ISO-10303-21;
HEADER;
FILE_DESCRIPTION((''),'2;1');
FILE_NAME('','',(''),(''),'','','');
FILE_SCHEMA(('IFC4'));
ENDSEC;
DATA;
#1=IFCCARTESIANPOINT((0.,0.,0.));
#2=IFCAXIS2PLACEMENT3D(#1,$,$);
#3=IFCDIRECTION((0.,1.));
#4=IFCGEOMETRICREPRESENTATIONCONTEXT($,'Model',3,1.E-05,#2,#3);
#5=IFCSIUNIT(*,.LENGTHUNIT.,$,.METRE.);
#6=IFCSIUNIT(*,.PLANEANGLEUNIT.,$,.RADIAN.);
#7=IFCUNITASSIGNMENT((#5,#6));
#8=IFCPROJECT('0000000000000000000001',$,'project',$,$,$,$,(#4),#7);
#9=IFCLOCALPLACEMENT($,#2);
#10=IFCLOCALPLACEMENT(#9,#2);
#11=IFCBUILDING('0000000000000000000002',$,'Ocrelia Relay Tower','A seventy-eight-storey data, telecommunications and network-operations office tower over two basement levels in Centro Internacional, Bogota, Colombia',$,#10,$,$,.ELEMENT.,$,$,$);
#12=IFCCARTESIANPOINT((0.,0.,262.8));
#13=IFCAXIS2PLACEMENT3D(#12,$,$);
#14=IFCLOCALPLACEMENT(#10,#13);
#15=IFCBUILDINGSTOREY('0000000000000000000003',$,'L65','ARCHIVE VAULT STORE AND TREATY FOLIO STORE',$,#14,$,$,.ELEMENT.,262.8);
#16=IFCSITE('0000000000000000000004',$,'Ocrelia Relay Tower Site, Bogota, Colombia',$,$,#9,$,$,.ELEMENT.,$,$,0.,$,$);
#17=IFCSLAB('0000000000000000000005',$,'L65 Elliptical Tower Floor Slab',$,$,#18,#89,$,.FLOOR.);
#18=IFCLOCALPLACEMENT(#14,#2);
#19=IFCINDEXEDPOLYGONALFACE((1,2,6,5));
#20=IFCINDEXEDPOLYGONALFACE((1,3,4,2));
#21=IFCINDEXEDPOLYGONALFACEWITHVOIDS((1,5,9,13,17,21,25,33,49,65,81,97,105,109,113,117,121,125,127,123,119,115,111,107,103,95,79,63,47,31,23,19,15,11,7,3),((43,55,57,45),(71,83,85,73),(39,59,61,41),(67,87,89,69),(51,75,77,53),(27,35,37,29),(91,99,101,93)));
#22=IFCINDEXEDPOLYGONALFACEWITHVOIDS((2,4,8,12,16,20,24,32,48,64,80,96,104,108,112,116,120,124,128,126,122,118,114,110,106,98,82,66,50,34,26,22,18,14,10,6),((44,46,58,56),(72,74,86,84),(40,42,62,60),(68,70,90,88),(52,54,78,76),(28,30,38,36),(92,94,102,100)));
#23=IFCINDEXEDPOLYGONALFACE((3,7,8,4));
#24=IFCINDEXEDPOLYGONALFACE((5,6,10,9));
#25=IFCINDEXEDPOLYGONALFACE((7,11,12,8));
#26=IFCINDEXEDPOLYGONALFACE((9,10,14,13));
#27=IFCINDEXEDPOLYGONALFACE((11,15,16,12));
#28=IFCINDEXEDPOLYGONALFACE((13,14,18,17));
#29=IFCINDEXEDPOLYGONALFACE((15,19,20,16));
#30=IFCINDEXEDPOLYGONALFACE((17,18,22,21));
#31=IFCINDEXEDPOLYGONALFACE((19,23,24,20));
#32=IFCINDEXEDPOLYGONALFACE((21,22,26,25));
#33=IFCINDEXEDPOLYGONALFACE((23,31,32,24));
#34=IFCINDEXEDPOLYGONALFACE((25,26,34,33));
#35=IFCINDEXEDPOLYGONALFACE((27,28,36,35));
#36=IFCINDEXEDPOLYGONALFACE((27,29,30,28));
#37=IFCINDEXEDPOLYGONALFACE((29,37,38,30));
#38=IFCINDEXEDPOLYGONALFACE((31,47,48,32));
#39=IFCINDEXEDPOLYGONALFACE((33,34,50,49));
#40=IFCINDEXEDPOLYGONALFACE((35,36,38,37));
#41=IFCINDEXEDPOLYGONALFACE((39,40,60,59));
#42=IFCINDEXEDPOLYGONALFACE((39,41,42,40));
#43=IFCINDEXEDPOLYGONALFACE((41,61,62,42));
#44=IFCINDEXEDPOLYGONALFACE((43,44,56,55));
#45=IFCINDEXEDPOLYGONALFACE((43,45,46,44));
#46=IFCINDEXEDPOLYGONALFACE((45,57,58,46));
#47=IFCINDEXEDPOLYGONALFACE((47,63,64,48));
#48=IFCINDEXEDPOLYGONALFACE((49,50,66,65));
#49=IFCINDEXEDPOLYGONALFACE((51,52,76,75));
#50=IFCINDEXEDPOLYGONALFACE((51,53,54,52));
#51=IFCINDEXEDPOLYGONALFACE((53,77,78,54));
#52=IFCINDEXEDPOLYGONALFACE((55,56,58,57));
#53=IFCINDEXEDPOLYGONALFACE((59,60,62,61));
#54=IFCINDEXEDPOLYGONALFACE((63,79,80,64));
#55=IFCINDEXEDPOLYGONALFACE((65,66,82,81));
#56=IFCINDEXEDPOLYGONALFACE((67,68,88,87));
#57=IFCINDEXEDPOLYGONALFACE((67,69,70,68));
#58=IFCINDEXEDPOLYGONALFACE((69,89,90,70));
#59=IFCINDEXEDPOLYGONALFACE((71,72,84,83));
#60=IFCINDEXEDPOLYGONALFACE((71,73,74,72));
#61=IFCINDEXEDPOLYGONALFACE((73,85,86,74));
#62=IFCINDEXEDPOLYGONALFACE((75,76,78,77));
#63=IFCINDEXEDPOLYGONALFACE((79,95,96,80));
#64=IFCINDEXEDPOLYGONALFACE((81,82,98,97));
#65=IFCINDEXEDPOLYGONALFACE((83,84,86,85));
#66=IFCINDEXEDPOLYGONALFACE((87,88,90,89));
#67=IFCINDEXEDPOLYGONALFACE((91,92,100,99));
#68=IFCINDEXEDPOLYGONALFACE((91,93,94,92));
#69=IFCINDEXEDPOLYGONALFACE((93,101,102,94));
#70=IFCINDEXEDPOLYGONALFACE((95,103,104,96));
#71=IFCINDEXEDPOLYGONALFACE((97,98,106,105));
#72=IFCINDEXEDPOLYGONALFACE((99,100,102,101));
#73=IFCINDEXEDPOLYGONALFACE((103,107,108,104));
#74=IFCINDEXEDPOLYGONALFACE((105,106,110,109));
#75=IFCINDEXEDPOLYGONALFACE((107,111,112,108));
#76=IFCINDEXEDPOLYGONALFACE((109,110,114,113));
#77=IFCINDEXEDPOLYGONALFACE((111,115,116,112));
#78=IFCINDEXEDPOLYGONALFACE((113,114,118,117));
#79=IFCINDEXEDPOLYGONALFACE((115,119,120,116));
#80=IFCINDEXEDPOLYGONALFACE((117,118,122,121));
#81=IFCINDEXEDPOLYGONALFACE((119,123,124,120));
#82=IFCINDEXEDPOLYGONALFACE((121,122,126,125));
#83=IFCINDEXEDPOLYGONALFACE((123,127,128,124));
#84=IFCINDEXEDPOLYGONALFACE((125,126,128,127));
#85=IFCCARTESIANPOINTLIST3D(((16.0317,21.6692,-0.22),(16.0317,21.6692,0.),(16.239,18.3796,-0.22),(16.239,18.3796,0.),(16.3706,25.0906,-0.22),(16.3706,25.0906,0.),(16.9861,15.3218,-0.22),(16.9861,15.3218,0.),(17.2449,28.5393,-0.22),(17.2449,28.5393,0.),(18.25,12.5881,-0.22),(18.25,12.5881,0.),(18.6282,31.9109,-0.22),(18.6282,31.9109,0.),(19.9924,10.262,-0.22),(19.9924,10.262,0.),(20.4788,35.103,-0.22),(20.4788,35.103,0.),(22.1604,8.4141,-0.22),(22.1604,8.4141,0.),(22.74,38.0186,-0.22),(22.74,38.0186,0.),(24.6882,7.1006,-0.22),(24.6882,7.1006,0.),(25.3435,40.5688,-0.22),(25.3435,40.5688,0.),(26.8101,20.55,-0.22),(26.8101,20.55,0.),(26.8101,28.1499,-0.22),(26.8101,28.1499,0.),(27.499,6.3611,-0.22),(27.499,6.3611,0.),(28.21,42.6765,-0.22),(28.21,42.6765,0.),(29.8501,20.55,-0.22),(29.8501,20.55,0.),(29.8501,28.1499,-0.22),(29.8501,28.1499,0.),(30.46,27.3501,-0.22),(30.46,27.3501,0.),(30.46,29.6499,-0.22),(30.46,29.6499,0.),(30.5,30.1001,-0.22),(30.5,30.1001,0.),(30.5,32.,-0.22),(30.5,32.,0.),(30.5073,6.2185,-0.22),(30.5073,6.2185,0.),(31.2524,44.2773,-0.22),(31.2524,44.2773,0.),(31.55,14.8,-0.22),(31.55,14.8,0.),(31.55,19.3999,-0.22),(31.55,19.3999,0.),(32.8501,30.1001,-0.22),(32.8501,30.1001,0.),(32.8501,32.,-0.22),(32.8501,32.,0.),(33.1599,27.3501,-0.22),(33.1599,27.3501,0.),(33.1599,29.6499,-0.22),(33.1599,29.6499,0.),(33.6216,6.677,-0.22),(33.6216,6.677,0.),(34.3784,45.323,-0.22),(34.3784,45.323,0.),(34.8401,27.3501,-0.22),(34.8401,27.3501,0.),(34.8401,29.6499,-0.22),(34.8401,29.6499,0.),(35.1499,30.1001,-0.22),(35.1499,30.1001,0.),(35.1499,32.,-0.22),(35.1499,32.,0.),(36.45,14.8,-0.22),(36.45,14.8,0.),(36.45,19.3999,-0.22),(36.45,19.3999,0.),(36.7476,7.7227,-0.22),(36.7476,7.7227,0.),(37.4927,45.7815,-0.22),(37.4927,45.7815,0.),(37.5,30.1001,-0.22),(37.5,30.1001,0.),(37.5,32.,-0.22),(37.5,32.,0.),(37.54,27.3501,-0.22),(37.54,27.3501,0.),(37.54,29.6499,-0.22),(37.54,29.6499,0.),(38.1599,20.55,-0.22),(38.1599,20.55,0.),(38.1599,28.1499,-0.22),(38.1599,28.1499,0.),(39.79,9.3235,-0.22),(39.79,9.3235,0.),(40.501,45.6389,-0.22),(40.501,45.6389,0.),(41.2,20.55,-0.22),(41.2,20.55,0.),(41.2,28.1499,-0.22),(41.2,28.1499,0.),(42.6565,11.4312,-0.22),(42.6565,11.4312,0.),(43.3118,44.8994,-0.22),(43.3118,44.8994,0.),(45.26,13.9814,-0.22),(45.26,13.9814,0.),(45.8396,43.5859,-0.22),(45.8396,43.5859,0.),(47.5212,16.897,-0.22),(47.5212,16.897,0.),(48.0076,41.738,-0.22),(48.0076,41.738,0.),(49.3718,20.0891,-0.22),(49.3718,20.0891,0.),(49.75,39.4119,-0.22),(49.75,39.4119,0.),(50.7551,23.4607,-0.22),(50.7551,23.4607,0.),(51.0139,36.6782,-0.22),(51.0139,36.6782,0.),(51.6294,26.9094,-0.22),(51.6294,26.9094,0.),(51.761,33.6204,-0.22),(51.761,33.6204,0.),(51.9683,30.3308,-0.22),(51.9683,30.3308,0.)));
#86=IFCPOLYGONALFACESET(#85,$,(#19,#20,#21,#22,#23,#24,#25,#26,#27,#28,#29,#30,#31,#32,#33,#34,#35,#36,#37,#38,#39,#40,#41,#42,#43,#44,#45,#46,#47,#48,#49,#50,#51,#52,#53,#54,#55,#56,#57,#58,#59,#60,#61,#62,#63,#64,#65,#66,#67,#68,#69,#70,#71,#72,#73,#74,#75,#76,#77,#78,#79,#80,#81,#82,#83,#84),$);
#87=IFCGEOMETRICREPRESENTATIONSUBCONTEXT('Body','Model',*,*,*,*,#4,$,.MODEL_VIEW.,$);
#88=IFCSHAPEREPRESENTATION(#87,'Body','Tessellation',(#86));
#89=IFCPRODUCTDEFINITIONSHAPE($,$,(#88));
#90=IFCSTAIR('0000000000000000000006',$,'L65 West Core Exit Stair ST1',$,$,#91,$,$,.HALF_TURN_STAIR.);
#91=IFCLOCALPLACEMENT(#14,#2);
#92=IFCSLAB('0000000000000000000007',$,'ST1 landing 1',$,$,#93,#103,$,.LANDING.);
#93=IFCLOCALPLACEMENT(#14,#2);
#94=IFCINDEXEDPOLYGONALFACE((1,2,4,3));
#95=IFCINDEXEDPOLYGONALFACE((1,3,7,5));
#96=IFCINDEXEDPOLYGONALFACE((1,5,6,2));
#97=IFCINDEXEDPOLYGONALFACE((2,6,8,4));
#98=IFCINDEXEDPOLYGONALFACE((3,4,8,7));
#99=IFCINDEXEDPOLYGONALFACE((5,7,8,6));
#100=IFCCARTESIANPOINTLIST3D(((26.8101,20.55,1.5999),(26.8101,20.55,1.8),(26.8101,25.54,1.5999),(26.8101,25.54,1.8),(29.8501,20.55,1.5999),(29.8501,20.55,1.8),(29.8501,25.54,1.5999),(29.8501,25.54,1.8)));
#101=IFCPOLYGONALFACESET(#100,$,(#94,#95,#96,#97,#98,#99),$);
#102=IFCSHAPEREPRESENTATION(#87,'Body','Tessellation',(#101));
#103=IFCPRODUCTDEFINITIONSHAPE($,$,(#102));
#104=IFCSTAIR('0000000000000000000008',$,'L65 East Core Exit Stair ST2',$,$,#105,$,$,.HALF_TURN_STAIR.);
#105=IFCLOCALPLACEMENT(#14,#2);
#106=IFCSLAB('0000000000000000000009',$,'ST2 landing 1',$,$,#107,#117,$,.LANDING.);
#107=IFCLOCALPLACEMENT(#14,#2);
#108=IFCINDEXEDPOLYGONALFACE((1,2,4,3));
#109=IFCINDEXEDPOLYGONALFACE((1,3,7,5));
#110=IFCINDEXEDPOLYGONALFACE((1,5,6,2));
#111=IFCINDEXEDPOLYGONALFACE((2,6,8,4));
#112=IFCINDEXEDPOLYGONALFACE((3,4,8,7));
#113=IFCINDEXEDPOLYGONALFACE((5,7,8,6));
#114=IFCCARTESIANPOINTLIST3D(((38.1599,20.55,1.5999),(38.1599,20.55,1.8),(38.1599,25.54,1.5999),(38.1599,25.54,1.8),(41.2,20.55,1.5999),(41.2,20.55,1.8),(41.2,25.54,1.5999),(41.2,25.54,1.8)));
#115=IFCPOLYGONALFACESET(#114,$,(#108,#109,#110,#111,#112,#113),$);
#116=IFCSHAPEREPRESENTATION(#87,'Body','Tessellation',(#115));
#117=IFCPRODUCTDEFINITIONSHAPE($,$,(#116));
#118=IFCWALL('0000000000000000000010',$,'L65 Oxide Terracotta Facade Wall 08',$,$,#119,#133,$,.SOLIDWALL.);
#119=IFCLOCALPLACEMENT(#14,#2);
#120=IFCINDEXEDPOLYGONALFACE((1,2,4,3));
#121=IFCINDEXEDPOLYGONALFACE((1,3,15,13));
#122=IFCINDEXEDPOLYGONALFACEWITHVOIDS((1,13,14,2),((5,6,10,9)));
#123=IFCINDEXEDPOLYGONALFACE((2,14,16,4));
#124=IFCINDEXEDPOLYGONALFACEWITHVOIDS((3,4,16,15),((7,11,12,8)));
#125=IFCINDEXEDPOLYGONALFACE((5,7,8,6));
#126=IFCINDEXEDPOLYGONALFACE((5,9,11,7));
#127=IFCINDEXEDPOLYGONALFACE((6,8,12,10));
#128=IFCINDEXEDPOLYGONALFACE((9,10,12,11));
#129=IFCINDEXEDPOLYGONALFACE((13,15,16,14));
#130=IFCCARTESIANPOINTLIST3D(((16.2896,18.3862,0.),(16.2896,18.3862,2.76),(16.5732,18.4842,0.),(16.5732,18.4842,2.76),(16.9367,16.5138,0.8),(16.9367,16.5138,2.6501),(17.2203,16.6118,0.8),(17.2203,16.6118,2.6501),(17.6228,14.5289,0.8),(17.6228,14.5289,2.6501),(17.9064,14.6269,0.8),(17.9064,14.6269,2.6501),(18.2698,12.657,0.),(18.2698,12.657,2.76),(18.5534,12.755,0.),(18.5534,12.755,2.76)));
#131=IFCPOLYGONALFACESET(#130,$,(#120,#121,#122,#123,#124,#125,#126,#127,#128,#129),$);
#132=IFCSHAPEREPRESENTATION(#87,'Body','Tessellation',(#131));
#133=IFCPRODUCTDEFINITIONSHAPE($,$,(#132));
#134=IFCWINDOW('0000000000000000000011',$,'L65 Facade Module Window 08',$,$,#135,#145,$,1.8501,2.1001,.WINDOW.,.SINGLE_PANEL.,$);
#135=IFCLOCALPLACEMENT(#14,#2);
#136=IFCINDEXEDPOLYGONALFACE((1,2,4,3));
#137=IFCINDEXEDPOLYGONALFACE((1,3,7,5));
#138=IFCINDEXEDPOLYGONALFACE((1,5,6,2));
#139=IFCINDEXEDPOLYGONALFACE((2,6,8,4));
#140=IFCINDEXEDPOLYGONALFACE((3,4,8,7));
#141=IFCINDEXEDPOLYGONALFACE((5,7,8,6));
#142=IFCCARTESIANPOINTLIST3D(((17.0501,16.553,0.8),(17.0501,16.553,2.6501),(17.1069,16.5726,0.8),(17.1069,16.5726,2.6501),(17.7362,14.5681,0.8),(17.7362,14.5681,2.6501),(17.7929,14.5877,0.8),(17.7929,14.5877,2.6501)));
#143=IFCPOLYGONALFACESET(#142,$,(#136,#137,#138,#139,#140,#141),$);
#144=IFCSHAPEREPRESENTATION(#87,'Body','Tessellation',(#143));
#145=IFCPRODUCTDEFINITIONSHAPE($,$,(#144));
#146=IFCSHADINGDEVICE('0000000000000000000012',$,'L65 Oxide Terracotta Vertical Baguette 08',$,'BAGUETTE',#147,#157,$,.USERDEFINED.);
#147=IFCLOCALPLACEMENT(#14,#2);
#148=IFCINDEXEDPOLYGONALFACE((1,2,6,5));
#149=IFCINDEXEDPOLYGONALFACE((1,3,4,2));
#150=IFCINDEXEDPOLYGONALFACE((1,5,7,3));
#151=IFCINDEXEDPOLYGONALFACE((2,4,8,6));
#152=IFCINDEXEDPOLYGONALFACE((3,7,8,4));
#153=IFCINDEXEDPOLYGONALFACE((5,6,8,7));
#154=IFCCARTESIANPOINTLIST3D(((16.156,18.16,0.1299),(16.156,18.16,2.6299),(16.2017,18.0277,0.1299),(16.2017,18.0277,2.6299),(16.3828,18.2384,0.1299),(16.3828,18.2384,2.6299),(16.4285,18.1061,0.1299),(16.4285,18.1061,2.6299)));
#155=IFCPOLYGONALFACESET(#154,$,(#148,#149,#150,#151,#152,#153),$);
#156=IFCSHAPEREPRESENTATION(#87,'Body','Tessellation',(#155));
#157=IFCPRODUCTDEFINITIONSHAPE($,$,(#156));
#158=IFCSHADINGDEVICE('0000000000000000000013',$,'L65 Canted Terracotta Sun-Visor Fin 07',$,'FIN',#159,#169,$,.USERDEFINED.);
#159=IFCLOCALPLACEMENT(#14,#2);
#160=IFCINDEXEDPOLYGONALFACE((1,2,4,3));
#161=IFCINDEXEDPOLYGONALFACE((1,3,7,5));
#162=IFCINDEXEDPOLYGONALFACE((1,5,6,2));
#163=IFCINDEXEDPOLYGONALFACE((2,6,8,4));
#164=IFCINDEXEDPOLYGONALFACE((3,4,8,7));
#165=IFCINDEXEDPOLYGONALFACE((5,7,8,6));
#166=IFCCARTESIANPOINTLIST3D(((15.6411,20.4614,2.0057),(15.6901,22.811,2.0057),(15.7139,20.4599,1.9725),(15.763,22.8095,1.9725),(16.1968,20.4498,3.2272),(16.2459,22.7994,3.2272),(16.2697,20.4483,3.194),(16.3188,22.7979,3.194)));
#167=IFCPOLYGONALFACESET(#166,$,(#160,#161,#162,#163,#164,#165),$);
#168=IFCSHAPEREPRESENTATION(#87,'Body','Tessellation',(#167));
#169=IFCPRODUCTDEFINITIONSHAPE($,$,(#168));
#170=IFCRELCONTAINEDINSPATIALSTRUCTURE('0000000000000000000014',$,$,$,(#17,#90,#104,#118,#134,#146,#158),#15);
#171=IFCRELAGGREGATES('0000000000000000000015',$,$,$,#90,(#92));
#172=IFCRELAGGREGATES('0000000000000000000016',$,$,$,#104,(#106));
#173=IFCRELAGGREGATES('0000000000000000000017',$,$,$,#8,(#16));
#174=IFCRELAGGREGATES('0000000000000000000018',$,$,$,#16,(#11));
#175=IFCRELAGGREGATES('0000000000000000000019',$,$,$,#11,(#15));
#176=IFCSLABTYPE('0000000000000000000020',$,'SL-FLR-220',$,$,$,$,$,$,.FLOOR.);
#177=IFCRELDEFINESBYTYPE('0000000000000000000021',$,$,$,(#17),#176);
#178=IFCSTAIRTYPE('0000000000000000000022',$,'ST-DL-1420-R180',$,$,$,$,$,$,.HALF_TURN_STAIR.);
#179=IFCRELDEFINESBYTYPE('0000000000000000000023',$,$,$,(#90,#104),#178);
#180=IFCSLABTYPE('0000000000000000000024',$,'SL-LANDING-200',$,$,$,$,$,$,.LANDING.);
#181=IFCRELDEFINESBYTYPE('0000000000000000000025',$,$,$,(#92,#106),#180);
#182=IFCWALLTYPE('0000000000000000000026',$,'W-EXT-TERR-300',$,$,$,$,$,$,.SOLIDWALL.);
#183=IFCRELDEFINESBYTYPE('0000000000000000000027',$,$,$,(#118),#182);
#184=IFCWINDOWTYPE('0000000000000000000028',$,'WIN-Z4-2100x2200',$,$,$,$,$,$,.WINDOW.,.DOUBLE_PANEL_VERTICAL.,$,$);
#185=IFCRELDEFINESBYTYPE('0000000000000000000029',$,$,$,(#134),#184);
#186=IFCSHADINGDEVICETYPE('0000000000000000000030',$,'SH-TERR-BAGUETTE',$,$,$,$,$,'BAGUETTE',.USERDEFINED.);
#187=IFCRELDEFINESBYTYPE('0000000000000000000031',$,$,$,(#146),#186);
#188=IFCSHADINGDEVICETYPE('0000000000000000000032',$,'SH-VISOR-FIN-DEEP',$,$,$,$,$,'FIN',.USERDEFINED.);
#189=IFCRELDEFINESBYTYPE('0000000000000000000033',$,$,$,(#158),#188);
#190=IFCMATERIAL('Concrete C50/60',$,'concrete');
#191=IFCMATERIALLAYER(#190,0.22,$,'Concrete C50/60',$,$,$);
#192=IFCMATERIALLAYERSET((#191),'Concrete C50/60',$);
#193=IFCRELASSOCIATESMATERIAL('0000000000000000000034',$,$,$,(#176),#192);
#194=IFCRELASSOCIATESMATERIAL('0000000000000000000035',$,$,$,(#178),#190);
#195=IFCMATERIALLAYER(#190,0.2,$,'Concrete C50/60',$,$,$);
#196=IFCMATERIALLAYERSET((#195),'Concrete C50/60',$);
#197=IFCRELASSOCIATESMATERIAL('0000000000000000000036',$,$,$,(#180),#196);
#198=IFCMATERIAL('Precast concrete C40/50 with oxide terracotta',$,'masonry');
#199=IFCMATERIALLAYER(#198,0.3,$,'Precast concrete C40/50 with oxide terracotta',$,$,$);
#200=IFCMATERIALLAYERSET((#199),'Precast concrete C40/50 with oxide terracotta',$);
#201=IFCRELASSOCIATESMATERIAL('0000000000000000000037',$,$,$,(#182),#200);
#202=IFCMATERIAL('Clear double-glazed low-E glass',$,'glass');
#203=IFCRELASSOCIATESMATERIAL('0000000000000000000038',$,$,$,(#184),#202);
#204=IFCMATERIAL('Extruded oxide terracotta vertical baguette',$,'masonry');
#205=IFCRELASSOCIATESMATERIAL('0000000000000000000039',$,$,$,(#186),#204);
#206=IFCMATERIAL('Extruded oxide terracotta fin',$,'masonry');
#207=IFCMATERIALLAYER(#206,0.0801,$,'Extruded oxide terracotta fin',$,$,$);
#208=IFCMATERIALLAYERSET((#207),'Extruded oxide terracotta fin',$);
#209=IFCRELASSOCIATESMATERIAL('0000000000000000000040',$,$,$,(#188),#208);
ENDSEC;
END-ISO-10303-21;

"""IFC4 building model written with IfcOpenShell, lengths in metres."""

from ifc_helpers import new_model, si_unit, direction, frame, frame_2d, origin, origin_2d, place, context, subcontext, project, spatial, polyline, rectangle, outline, extrude, material, layer, layer_set, type_object, element, fill, aggregate, save


model = new_model("IFC4")

# Units and contexts
model_context = context("Model", 3, precision=1e-05, world=origin(), true_north=direction((0.0, 1.0)))
body_context = subcontext(model_context, "Body", "Model", "MODEL_VIEW")
ifc_project = project(units=[si_unit("LENGTHUNIT", "METRE"), si_unit("PLANEANGLEUNIT", "RADIAN")], contexts=[model_context])

# Site, building, storey
site_placement = place(None, origin())
site = spatial("IfcSite", under=ifc_project, at=site_placement, Name="Ocrelia Relay Tower Site, Bogota, Colombia", CompositionType="ELEMENT", RefElevation=0.0)
building_placement = place(site_placement, origin())
building = spatial("IfcBuilding", under=site, at=building_placement, Name="Ocrelia Relay Tower", Description="A seventy-eight-storey data, telecommunications and network-operations office tower over two basement levels in Centro Internacional, Bogota, Colombia", CompositionType="ELEMENT")
storey_placement = place(building_placement, frame((0.0, 0.0, 262.8)))
storey = spatial("IfcBuildingStorey", under=building, at=storey_placement, Name="L65", Description="ARCHIVE VAULT STORE AND TREATY FOLIO STORE", CompositionType="ELEMENT", Elevation=262.8)

# Shared definitions
ifc_material_1 = material(Name="Concrete C50/60", Category="concrete")

# Shared definitions
ifc_material_2 = material(Name="Clear double-glazed low-E glass", Category="glass")

# Slab
ifc_layer_1 = layer(ifc_material_1, 0.22, Name="Concrete C50/60")
ifc_layer_set_1 = layer_set([ifc_layer_1], Name="Concrete C50/60")
slab_type_1 = type_object("IfcSlabType", Name="SL-FLR-220", PredefinedType="FLOOR", material=ifc_layer_set_1)
slab_1_placement = place(storey_placement, frame((0.0, 0.0, -0.22)))
element("IfcSlab", 1, at=slab_1_placement, inside=storey, type_object=slab_type_1, Name="L65 Elliptical Tower Floor Slab", PredefinedType="FLOOR", context=body_context, shape_type="SweptSolid", body=[
    extrude(outline(polyline([(45.8396, 43.5859), (43.3118, 44.8994), (40.501, 45.6389), (37.4927, 45.7815), (34.3784, 45.323), (31.2524, 44.2773), (28.21, 42.6765), (25.3435, 40.5688), (22.74, 38.0186), (20.4788, 35.103), (18.6282, 31.9109), (17.2449, 28.5393), (16.3706, 25.0906), (16.0317, 21.6692), (16.239, 18.3796), (16.9861, 15.3218), (18.25, 12.5881), (19.9924, 10.262), (22.1604, 8.4141), (24.6882, 7.1006), (27.499, 6.3611), (30.5073, 6.2185), (33.6216, 6.677), (36.7476, 7.7227), (39.79, 9.3235), (42.6565, 11.4312), (45.26, 13.9814), (47.5212, 16.897), (49.3718, 20.0891), (50.7551, 23.4607), (51.6294, 26.9094), (51.9683, 30.3308), (51.761, 33.6204), (51.0139, 36.6782), (49.75, 39.4119), (48.0076, 41.738), (45.8396, 43.5859)]), holes=[polyline([(26.8101, 28.1499), (26.8101, 20.55), (29.8501, 20.55), (29.8501, 28.1499), (26.8101, 28.1499)]), polyline([(38.1599, 28.1499), (38.1599, 20.55), (41.2, 20.55), (41.2, 28.1499), (38.1599, 28.1499)]), polyline([(30.46, 27.3501), (33.1599, 27.3501), (33.1599, 29.6499), (30.46, 29.6499), (30.46, 27.3501)]), polyline([(34.8401, 27.3501), (37.54, 27.3501), (37.54, 29.6499), (34.8401, 29.6499), (34.8401, 27.3501)]), polyline([(30.5, 30.1001), (32.8501, 30.1001), (32.8501, 32.0), (30.5, 32.0), (30.5, 30.1001)]), polyline([(35.1499, 30.1001), (37.5, 30.1001), (37.5, 32.0), (35.1499, 32.0), (35.1499, 30.1001)]), polyline([(31.55, 14.8), (36.45, 14.8), (36.45, 19.3999), (31.55, 19.3999), (31.55, 14.8)])]), origin(), (0.0, 0.0, 1.0), 0.22),
])

# Stairs, slabs
stair_type = type_object("IfcStairType", Name="ST-DL-1420-R180", PredefinedType="HALF_TURN_STAIR", material=ifc_material_1)
stair_1_placement = place(storey_placement, origin())
stair_1 = element("IfcStair", 2, at=stair_1_placement, inside=storey, type_object=stair_type, Name="L65 West Core Exit Stair ST1", PredefinedType="HALF_TURN_STAIR")
ifc_layer_2 = layer(ifc_material_1, 0.2, Name="Concrete C50/60")
ifc_layer_set_2 = layer_set([ifc_layer_2], Name="Concrete C50/60")
slab_type_2 = type_object("IfcSlabType", Name="SL-LANDING-200", PredefinedType="LANDING", material=ifc_layer_set_2)
slab_2_placement = place(storey_placement, frame((0.0, 0.0, 1.5999)))
slab_2 = element("IfcSlab", 3, at=slab_2_placement, type_object=slab_type_2, Name="ST1 landing 1", PredefinedType="LANDING", context=body_context, shape_type="SweptSolid", body=[
    extrude(outline(polyline([(26.8101, 25.54), (26.8101, 20.55), (29.8501, 20.55), (29.8501, 25.54), (26.8101, 25.54)])), origin(), (0.0, 0.0, 1.0), 0.2002),
])
aggregate(stair_1, [slab_2])
stair_2_placement = place(storey_placement, origin())
stair_2 = element("IfcStair", 4, at=stair_2_placement, inside=storey, type_object=stair_type, Name="L65 East Core Exit Stair ST2", PredefinedType="HALF_TURN_STAIR")
slab_3_placement = place(storey_placement, frame((0.0, 0.0, 1.5999)))
slab_3 = element("IfcSlab", 5, at=slab_3_placement, type_object=slab_type_2, Name="ST2 landing 1", PredefinedType="LANDING", context=body_context, shape_type="SweptSolid", body=[
    extrude(outline(polyline([(38.1599, 25.54), (38.1599, 20.55), (41.2, 20.55), (41.2, 25.54), (38.1599, 25.54)])), origin(), (0.0, 0.0, 1.0), 0.2002),
])
aggregate(stair_2, [slab_3])

# Wall, opening, window
ifc_material_3 = material(Name="Precast concrete C40/50 with oxide terracotta", Category="masonry")
ifc_layer_3 = layer(ifc_material_3, 0.3, Name="Precast concrete C40/50 with oxide terracotta")
ifc_layer_set_3 = layer_set([ifc_layer_3], Name="Precast concrete C40/50 with oxide terracotta")
wall_type_1 = type_object("IfcWallType", Name="W-EXT-TERR-300", PredefinedType="SOLIDWALL", material=ifc_layer_set_3)
wall_1_placement = place(storey_placement, frame((16.4314, 18.4351, 0.0), z_axis=(0.0, 0.0, 1.0), x_axis=(0.326672, -0.945138, 0.0)))
wall_1 = element("IfcWall", 6, at=wall_1_placement, inside=storey, type_object=wall_type_1, Name="L65 Oxide Terracotta Facade Wall 08", PredefinedType="SOLIDWALL", context=body_context, shape_type="SweptSolid", body=[
    extrude(rectangle(XDim=6.0618, YDim=0.3, at=frame_2d((3.0308, 0.0))), origin(), (0.0, 0.0, 1.0), 2.76),
])
opening_1_placement = place(wall_1_placement, frame((1.981, 0.0, 0.8)))
opening_1 = element("IfcOpeningElement", 7, at=opening_1_placement, cuts=wall_1, PredefinedType="OPENING", context=body_context, shape_type="SweptSolid", body=[
    extrude(rectangle(XDim=2.1001, YDim=1.8501, at=frame_2d((1.05, 0.925))), frame((0.0, 0.1602, 0.0), z_axis=(0.0, -1.0, 0.0), x_axis=(1.0, 0.0, 0.0)), (0.0, 0.0, 1.0), 0.3201),
])
window_type = type_object("IfcWindowType", Name="WIN-Z4-2100x2200", PartitioningType="DOUBLE_PANEL_VERTICAL", PredefinedType="WINDOW", material=ifc_material_2)
window_placement = place(opening_1_placement, origin())
window = element("IfcWindow", 8, at=window_placement, inside=storey, type_object=window_type, Name="L65 Facade Module Window 08", OverallHeight=1.8501, OverallWidth=2.1001, PartitioningType="SINGLE_PANEL", PredefinedType="WINDOW", context=body_context, shape_type="SweptSolid", body=[
    extrude(rectangle(XDim=2.1001, YDim=1.8501, at=frame_2d((1.05, 0.925))), frame((0.0, 0.03, 0.0), z_axis=(0.0, -1.0, 0.0), x_axis=(1.0, 0.0, 0.0)), (0.0, 0.0, 1.0), 0.0601),
])
fill(opening_1, window)

# Shading devices
ifc_material_4 = material(Name="Extruded oxide terracotta vertical baguette", Category="masonry")
shading_device_type_1 = type_object("IfcShadingDeviceType", Name="SH-TERR-BAGUETTE", ElementType="BAGUETTE", PredefinedType="USERDEFINED", material=ifc_material_4)
shading_device_1_placement = place(storey_placement, frame((16.2922, 18.1331, 0.1299), z_axis=(0.0, 0.0, 1.0), x_axis=(0.326686, -0.945133, 0.0)))
element("IfcShadingDevice", 9, at=shading_device_1_placement, inside=storey, type_object=shading_device_type_1, Name="L65 Oxide Terracotta Vertical Baguette 08", ObjectType="BAGUETTE", PredefinedType="USERDEFINED", context=body_context, shape_type="SweptSolid", body=[
    extrude(rectangle(XDim=0.1399, YDim=0.24, at=origin_2d()), origin(), (0.0, 0.0, 1.0), 2.5),
])
ifc_material_5 = material(Name="Extruded oxide terracotta fin", Category="masonry")
ifc_layer_4 = layer(ifc_material_5, 0.0801, Name="Extruded oxide terracotta fin")
ifc_layer_set_4 = layer_set([ifc_layer_4], Name="Extruded oxide terracotta fin")
shading_device_type_2 = type_object("IfcShadingDeviceType", Name="SH-VISOR-FIN-DEEP", ElementType="FIN", PredefinedType="USERDEFINED", material=ifc_layer_set_4)
shading_device_2_placement = place(storey_placement, frame((16.0164, 21.6289, 2.5833), z_axis=(-0.90998, 0.019003, 0.414217), x_axis=(-0.020879, -0.999782, 0.0)))
element("IfcShadingDevice", 10, at=shading_device_2_placement, inside=storey, type_object=shading_device_type_2, Name="L65 Canted Terracotta Sun-Visor Fin 07", ObjectType="FIN", PredefinedType="USERDEFINED", context=body_context, shape_type="SweptSolid", body=[
    extrude(rectangle(XDim=2.3501, YDim=1.342, at=origin_2d()), origin(), (0.0, 0.0, 1.0), 0.0801),
])

save(model, "model.ifc")
